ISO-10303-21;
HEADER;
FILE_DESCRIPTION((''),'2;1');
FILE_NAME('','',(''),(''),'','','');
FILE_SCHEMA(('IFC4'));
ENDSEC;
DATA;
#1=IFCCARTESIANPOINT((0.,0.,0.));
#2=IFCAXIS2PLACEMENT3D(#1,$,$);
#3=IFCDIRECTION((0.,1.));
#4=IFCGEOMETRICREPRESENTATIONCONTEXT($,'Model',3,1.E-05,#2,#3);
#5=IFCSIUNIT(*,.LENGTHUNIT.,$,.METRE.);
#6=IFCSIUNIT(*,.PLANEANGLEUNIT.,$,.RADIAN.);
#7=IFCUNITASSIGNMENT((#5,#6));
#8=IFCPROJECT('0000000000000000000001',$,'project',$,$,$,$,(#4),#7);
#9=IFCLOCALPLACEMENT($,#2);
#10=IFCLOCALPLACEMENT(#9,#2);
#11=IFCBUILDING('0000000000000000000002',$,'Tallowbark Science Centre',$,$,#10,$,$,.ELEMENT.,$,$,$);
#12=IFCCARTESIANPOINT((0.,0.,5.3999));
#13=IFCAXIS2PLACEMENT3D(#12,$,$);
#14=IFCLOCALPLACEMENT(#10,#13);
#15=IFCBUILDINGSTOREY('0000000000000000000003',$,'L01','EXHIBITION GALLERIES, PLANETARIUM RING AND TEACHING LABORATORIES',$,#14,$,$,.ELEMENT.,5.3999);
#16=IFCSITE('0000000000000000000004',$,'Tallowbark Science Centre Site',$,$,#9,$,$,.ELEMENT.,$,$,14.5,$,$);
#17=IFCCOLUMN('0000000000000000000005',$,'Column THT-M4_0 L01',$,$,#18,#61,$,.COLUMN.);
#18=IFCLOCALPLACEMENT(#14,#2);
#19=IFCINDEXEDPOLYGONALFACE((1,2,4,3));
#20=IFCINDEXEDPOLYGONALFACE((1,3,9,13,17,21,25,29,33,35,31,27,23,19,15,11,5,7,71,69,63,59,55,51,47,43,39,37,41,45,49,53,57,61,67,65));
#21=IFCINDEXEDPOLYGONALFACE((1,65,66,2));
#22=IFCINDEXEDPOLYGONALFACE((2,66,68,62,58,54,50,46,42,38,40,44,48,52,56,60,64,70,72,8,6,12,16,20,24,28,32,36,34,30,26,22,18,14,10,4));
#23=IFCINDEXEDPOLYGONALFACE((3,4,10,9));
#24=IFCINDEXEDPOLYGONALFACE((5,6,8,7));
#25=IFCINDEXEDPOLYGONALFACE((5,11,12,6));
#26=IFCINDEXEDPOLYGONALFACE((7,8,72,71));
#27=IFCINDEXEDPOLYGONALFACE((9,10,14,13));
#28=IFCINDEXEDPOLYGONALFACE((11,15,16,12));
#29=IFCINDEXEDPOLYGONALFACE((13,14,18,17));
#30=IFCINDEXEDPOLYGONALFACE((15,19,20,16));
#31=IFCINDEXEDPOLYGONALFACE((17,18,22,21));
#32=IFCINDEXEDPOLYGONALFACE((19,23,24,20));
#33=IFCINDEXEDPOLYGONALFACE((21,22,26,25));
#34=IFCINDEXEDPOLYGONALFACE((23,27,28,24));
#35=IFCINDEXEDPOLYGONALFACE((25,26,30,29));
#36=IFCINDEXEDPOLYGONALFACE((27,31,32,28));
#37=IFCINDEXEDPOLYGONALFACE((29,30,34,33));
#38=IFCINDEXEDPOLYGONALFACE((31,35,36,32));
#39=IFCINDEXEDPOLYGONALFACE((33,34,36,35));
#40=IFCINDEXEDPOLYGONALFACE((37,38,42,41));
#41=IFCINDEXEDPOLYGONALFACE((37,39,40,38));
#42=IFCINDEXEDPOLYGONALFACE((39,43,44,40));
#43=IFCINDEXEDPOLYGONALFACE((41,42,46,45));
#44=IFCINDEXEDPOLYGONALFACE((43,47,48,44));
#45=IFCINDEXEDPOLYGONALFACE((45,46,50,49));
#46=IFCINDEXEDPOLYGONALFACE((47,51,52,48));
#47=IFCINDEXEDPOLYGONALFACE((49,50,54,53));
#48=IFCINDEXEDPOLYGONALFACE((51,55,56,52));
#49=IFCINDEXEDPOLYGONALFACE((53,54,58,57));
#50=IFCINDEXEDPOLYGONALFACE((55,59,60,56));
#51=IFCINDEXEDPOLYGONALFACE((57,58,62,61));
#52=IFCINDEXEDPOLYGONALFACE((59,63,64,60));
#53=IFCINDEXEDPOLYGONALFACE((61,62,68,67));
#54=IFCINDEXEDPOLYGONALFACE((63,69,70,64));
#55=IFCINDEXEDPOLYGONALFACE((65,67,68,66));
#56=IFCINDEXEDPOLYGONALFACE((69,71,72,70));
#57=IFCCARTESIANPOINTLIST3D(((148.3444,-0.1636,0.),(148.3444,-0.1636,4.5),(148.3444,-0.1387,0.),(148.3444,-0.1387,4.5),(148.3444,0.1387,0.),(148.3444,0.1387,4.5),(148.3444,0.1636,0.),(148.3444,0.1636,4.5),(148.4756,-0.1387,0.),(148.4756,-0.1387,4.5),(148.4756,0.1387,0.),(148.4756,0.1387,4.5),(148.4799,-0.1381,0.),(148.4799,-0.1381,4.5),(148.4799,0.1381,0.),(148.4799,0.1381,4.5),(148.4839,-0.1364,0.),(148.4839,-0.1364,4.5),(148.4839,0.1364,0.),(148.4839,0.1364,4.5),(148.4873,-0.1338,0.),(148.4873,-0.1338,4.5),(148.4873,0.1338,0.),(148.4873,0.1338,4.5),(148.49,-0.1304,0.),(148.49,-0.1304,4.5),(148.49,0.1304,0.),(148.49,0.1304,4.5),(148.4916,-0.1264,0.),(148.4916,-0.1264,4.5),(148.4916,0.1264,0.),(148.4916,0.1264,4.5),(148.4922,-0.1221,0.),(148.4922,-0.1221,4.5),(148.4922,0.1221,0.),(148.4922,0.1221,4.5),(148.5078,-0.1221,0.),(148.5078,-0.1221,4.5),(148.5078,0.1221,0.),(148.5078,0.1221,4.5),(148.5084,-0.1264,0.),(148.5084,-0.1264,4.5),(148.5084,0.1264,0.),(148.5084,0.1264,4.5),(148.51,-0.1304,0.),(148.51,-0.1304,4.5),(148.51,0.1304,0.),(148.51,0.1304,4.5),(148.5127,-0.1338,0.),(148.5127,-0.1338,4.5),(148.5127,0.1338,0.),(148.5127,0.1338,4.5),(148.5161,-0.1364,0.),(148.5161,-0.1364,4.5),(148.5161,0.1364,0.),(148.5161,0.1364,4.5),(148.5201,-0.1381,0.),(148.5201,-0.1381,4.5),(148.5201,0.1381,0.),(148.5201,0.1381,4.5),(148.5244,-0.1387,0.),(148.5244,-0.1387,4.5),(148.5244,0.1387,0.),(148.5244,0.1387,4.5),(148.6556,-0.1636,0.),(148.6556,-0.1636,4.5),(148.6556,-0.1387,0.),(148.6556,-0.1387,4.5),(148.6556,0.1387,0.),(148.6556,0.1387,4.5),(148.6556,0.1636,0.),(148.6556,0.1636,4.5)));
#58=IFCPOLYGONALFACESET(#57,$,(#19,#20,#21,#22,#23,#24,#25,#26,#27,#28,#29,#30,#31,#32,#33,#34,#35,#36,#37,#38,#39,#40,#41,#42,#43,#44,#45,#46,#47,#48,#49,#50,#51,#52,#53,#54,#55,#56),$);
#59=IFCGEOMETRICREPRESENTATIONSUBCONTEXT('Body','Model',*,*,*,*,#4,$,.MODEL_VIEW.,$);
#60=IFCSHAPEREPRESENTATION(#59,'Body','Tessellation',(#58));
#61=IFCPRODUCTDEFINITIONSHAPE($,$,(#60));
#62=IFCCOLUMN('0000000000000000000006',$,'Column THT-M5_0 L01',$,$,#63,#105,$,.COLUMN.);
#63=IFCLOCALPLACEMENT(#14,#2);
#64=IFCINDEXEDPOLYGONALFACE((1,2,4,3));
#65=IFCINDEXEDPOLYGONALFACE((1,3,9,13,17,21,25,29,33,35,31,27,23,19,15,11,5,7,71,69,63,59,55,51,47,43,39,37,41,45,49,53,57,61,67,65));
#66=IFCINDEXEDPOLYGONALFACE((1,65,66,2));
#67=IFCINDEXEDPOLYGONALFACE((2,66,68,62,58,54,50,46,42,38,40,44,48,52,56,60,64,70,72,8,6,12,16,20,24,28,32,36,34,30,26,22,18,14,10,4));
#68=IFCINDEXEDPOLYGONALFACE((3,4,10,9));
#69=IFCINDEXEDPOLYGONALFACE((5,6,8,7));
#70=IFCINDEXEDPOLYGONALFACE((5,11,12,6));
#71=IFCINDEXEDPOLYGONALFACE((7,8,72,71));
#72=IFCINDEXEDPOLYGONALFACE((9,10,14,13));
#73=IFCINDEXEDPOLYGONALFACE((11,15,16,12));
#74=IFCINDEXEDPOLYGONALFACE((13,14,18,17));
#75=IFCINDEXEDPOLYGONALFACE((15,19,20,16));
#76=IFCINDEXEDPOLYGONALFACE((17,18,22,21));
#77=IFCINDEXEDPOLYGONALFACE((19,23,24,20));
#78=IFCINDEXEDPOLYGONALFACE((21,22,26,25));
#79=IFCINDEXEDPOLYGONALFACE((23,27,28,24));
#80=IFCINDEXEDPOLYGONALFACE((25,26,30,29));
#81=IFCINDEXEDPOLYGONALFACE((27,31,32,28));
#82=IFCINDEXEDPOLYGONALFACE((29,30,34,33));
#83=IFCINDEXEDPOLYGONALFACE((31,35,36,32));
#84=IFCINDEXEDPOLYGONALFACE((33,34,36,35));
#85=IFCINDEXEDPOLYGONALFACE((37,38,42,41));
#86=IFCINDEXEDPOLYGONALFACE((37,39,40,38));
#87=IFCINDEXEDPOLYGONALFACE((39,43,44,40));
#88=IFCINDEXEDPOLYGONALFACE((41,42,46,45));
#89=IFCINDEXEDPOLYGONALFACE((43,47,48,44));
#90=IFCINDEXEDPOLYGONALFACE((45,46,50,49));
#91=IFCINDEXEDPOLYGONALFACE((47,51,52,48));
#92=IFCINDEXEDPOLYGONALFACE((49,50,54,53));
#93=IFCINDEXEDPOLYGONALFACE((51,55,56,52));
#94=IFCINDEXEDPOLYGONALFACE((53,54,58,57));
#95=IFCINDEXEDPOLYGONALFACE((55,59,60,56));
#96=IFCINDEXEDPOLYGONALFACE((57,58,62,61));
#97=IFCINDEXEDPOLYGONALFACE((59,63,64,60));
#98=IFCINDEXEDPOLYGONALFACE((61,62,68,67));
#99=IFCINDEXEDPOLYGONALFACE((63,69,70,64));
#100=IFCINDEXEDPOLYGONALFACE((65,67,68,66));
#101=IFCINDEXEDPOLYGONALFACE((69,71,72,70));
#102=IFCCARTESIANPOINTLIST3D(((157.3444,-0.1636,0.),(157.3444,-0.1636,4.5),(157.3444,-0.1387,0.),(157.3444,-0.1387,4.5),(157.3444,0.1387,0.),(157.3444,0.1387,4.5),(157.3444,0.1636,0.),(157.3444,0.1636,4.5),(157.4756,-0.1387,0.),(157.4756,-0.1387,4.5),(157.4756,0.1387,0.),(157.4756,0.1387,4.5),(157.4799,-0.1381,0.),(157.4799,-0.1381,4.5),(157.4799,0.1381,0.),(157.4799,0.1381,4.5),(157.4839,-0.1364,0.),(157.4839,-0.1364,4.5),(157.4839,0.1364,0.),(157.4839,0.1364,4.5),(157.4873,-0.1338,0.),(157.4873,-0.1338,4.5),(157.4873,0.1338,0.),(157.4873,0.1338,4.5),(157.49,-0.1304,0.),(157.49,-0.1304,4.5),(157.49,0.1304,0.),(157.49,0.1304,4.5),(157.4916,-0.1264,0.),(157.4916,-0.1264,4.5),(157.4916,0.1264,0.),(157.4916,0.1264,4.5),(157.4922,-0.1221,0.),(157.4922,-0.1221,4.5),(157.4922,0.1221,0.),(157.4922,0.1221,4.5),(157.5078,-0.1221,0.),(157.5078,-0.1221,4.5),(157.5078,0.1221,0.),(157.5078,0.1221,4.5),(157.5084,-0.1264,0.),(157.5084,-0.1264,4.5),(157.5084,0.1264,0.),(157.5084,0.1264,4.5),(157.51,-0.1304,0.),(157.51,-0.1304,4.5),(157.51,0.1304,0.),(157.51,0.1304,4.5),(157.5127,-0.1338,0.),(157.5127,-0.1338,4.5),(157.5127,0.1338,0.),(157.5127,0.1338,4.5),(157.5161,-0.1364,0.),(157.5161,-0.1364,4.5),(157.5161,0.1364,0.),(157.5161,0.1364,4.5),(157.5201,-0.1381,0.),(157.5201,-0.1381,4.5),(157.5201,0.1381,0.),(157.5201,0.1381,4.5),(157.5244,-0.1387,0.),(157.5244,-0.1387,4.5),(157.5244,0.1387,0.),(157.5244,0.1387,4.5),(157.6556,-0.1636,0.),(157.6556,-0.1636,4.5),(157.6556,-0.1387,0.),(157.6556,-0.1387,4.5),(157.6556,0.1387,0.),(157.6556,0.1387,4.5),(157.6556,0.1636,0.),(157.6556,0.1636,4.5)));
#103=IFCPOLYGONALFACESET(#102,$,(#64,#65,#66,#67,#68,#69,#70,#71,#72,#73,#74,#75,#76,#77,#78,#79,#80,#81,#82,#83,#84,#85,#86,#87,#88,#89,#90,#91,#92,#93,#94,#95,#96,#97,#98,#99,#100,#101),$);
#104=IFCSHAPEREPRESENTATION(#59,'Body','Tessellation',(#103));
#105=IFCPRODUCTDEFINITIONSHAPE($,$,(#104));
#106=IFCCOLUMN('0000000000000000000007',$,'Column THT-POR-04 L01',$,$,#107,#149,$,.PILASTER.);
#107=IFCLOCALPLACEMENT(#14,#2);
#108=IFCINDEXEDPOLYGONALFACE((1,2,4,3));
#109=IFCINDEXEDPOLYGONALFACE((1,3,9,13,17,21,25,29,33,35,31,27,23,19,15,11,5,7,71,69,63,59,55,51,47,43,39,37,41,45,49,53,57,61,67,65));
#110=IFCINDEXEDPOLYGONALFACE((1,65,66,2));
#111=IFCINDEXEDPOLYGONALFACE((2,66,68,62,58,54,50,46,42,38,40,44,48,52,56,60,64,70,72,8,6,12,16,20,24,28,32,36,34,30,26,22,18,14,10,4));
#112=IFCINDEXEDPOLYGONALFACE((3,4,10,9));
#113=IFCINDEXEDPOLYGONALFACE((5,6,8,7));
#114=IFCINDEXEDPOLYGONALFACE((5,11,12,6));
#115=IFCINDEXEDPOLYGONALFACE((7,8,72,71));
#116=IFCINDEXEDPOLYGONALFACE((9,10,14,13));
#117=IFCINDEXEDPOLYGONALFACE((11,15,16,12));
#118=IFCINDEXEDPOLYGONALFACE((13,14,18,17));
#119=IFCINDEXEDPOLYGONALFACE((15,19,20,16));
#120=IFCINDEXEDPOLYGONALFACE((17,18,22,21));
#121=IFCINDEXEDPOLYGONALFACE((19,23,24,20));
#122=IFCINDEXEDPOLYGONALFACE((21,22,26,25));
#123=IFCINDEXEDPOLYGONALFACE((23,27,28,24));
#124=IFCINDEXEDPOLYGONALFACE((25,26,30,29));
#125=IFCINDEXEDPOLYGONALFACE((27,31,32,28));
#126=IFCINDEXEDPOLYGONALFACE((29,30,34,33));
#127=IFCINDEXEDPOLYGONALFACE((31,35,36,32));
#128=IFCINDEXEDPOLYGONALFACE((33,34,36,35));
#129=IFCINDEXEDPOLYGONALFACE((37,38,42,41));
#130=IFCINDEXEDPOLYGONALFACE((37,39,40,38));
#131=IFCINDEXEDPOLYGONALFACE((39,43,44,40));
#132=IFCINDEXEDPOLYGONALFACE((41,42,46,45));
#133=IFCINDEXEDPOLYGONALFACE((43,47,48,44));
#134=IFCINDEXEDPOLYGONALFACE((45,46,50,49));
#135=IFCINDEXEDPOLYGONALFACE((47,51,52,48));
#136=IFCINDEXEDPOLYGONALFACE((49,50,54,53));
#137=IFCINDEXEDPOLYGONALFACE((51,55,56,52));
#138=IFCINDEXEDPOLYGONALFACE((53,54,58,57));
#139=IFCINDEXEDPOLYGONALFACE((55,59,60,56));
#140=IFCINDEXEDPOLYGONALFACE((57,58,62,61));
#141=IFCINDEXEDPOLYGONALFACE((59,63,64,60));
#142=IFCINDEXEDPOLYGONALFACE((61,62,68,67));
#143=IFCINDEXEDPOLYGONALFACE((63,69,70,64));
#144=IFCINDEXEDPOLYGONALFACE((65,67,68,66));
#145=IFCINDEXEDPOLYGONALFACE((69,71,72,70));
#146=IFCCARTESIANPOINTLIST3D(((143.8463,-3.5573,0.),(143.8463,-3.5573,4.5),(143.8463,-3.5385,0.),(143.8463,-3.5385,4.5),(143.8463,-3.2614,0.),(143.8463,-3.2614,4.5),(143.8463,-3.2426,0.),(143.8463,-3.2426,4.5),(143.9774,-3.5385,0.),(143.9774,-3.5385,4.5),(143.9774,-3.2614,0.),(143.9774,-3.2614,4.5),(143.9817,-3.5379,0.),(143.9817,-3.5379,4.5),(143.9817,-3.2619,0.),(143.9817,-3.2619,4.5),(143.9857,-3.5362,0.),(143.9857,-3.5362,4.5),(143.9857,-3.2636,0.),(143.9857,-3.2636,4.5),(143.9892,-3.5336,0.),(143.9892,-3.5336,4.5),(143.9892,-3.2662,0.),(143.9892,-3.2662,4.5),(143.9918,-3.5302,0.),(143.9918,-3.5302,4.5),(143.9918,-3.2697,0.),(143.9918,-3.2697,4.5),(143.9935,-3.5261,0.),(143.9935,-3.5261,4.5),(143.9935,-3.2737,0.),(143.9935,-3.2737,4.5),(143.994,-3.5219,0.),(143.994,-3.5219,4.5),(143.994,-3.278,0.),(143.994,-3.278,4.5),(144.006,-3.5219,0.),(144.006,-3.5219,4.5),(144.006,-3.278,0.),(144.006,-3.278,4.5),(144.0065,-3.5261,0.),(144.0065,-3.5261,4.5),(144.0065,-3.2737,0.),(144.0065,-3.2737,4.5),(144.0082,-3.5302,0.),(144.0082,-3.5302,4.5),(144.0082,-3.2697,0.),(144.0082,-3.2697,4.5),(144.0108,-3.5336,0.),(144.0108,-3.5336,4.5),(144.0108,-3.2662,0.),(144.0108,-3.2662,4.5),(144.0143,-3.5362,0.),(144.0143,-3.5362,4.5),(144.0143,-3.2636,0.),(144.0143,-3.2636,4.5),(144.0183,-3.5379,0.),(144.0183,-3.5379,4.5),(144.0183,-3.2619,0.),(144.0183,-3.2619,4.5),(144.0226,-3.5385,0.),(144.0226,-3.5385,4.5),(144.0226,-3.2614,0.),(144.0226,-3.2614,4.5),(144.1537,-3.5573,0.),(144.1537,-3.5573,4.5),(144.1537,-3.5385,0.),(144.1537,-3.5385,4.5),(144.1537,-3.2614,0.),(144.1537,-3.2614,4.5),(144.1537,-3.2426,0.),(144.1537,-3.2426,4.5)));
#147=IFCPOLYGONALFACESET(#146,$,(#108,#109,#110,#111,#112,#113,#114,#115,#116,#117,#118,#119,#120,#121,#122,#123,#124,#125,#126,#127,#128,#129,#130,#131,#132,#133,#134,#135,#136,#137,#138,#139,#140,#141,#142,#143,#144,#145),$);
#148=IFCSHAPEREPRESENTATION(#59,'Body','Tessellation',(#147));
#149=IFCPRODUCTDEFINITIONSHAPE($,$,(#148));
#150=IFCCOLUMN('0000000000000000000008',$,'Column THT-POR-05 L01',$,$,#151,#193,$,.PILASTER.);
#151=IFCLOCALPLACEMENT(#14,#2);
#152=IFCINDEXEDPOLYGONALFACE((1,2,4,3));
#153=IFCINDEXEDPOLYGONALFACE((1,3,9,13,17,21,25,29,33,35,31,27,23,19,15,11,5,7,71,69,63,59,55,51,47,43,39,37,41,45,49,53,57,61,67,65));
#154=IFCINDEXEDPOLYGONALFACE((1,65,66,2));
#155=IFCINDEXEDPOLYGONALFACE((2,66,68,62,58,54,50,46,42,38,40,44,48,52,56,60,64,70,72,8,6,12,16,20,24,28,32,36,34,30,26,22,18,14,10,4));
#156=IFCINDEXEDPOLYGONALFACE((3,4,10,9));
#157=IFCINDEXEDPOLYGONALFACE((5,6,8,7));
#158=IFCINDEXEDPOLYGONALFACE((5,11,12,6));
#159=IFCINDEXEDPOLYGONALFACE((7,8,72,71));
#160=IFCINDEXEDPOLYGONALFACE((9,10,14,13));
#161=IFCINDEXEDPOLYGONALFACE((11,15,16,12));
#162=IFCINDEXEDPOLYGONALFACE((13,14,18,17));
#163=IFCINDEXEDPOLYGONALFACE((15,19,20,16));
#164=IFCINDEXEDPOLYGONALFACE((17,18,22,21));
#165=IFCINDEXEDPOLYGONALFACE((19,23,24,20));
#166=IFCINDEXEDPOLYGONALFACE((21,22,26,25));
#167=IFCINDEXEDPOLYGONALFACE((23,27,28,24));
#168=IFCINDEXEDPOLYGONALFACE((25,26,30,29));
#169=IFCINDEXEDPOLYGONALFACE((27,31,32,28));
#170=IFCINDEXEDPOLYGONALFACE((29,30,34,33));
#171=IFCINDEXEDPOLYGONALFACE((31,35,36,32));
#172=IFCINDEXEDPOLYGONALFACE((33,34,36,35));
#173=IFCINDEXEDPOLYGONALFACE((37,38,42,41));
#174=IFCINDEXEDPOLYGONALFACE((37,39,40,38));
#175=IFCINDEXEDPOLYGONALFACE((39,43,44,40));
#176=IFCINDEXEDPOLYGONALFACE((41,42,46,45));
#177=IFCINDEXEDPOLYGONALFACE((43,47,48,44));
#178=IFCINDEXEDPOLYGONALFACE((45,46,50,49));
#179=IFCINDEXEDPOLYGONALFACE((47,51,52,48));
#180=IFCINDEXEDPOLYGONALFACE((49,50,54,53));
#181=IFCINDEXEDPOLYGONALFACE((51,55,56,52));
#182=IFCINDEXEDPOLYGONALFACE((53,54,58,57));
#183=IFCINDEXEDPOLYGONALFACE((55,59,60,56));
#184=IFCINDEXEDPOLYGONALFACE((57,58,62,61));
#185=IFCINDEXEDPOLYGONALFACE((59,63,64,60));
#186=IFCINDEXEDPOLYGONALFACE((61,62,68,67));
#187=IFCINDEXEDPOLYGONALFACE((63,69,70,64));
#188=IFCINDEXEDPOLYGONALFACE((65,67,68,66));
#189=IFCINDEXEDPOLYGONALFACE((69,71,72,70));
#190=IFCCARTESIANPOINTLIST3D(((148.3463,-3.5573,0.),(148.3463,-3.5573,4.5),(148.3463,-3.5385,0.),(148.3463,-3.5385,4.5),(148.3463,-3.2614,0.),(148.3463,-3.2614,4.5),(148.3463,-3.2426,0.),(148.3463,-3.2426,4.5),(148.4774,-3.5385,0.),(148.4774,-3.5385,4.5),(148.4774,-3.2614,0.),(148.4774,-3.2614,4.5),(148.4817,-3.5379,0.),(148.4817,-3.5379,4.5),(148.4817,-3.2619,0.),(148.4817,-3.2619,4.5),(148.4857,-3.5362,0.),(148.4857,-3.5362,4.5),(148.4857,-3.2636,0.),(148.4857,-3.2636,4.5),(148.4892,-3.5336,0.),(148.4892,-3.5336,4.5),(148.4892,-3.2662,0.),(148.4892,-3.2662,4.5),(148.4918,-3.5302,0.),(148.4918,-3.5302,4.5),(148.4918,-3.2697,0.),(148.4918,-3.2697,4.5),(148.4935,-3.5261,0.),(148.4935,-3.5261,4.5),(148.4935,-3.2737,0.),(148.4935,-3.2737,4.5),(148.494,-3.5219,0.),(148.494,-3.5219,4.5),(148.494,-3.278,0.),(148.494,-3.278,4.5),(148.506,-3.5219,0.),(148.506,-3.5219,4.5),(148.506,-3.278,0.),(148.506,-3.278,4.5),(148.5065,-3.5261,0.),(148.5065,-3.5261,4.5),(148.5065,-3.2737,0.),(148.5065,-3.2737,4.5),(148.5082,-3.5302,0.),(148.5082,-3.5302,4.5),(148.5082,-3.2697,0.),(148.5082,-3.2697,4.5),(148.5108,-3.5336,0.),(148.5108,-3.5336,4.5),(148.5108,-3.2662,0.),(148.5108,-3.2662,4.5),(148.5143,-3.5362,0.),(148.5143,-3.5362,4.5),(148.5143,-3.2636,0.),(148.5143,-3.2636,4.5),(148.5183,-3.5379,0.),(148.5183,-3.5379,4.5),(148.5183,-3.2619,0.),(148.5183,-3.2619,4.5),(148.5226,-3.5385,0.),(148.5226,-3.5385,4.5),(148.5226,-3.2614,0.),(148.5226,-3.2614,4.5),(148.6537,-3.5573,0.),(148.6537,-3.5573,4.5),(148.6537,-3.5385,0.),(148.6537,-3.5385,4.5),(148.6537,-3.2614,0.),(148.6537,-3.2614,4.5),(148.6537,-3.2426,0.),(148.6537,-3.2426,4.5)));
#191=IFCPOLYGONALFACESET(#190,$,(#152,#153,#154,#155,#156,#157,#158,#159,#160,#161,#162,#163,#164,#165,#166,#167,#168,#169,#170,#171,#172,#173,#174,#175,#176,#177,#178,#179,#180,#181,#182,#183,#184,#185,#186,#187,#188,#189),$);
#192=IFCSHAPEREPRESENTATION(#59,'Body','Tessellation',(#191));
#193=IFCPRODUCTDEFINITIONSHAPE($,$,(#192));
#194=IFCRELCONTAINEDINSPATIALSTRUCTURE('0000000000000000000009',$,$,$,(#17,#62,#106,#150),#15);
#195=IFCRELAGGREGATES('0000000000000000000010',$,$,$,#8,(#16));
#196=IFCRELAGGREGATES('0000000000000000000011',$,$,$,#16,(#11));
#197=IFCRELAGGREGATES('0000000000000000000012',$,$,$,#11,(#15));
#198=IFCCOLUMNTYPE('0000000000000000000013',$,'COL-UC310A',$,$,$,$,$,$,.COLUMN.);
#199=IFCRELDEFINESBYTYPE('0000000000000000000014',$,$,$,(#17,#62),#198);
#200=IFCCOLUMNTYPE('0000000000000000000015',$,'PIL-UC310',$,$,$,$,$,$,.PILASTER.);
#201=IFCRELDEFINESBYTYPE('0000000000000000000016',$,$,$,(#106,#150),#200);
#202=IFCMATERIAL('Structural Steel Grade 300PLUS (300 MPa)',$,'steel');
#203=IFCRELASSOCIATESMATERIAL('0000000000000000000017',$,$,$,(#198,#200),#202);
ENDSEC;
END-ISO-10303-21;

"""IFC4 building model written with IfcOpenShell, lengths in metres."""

from ifc_helpers import new_model, si_unit, direction, frame, origin, origin_2d, place, context, subcontext, project, spatial, i_section, extrude, material, material_profile, profile_set, type_object, element, save


model = new_model("IFC4")

# Units and contexts
model_context = context("Model", 3, precision=1e-05, world=origin(), true_north=direction((0.0, 1.0)))
body_context = subcontext(model_context, "Body", "Model", "MODEL_VIEW")
ifc_project = project(units=[si_unit("LENGTHUNIT", "METRE"), si_unit("PLANEANGLEUNIT", "RADIAN")], contexts=[model_context])

# Site, building, storey
site_placement = place(None, origin())
site = spatial("IfcSite", under=ifc_project, at=site_placement, Name="Tallowbark Science Centre Site", CompositionType="ELEMENT", RefElevation=14.5)
building_placement = place(site_placement, origin())
building = spatial("IfcBuilding", under=site, at=building_placement, Name="Tallowbark Science Centre", CompositionType="ELEMENT")
storey_placement = place(building_placement, frame((0.0, 0.0, 5.3999)))
storey = spatial("IfcBuildingStorey", under=building, at=storey_placement, Name="L01", Description="EXHIBITION GALLERIES, PLANETARIUM RING AND TEACHING LABORATORIES", CompositionType="ELEMENT", Elevation=5.3999)

# Columns
ifc_material_1 = material(Name="Structural Steel Grade 300PLUS (300 MPa)", Category="steel")
ifc_material_profile_1 = material_profile(ifc_material_1, i_section(OverallWidth=0.3113, OverallDepth=0.3271, WebThickness=0.0156, FlangeThickness=0.0249, FilletRadius=0.0166, at=origin_2d()), Name="310UC158")
ifc_profile_set_1 = profile_set([ifc_material_profile_1], Name="Structural Steel Grade 300PLUS (300 MPa)")
column_type_1 = type_object("IfcColumnType", Name="COL-UC310A", PredefinedType="COLUMN", material=ifc_profile_set_1)
for number, where, z_axis, x_axis, name in (
    (1, (148.5, 0.0, 0.0), (0.0, 0.0, 1.0), (1.0, 0.0, 0.0), "Column THT-M4_0 L01"),
    (2, (157.5, 0.0, 0.0), (0.0, 0.0, 1.0), (1.0, 0.0, 0.0), "Column THT-M5_0 L01"),
):
    element("IfcColumn", number, at=place(storey_placement, frame(where, z_axis=z_axis, x_axis=x_axis)), inside=storey, type_object=column_type_1, Name=name, PredefinedType="COLUMN", context=body_context, shape_type="SweptSolid", body=[
        extrude(i_section(OverallWidth=0.3113, OverallDepth=0.3271, WebThickness=0.0156, FlangeThickness=0.0249, FilletRadius=0.0166, at=origin_2d()), origin(), (0.0, 0.0, 1.0), 4.5),
    ])
ifc_material_profile_2 = material_profile(ifc_material_1, i_section(OverallWidth=0.3074, OverallDepth=0.3147, WebThickness=0.012, FlangeThickness=0.0188, FilletRadius=0.0166, at=origin_2d()), Name="310UC118")
ifc_profile_set_2 = profile_set([ifc_material_profile_2], Name="Structural Steel Grade 300PLUS (300 MPa)")
column_type_2 = type_object("IfcColumnType", Name="PIL-UC310", PredefinedType="PILASTER", material=ifc_profile_set_2)
for number, where, z_axis, x_axis, name in (
    (3, (144.0, -3.3999, 0.0), (0.0, 0.0, 1.0), (1.0, 0.0, 0.0), "Column THT-POR-04 L01"),
    (4, (148.5, -3.3999, 0.0), (0.0, 0.0, 1.0), (1.0, 0.0, 0.0), "Column THT-POR-05 L01"),
):
    element("IfcColumn", number, at=place(storey_placement, frame(where, z_axis=z_axis, x_axis=x_axis)), inside=storey, type_object=column_type_2, Name=name, PredefinedType="PILASTER", context=body_context, shape_type="SweptSolid", body=[
        extrude(i_section(OverallWidth=0.3074, OverallDepth=0.3147, WebThickness=0.012, FlangeThickness=0.0188, FilletRadius=0.0166, at=origin_2d()), origin(), (0.0, 0.0, 1.0), 4.5),
    ])

save(model, "model.ifc")
